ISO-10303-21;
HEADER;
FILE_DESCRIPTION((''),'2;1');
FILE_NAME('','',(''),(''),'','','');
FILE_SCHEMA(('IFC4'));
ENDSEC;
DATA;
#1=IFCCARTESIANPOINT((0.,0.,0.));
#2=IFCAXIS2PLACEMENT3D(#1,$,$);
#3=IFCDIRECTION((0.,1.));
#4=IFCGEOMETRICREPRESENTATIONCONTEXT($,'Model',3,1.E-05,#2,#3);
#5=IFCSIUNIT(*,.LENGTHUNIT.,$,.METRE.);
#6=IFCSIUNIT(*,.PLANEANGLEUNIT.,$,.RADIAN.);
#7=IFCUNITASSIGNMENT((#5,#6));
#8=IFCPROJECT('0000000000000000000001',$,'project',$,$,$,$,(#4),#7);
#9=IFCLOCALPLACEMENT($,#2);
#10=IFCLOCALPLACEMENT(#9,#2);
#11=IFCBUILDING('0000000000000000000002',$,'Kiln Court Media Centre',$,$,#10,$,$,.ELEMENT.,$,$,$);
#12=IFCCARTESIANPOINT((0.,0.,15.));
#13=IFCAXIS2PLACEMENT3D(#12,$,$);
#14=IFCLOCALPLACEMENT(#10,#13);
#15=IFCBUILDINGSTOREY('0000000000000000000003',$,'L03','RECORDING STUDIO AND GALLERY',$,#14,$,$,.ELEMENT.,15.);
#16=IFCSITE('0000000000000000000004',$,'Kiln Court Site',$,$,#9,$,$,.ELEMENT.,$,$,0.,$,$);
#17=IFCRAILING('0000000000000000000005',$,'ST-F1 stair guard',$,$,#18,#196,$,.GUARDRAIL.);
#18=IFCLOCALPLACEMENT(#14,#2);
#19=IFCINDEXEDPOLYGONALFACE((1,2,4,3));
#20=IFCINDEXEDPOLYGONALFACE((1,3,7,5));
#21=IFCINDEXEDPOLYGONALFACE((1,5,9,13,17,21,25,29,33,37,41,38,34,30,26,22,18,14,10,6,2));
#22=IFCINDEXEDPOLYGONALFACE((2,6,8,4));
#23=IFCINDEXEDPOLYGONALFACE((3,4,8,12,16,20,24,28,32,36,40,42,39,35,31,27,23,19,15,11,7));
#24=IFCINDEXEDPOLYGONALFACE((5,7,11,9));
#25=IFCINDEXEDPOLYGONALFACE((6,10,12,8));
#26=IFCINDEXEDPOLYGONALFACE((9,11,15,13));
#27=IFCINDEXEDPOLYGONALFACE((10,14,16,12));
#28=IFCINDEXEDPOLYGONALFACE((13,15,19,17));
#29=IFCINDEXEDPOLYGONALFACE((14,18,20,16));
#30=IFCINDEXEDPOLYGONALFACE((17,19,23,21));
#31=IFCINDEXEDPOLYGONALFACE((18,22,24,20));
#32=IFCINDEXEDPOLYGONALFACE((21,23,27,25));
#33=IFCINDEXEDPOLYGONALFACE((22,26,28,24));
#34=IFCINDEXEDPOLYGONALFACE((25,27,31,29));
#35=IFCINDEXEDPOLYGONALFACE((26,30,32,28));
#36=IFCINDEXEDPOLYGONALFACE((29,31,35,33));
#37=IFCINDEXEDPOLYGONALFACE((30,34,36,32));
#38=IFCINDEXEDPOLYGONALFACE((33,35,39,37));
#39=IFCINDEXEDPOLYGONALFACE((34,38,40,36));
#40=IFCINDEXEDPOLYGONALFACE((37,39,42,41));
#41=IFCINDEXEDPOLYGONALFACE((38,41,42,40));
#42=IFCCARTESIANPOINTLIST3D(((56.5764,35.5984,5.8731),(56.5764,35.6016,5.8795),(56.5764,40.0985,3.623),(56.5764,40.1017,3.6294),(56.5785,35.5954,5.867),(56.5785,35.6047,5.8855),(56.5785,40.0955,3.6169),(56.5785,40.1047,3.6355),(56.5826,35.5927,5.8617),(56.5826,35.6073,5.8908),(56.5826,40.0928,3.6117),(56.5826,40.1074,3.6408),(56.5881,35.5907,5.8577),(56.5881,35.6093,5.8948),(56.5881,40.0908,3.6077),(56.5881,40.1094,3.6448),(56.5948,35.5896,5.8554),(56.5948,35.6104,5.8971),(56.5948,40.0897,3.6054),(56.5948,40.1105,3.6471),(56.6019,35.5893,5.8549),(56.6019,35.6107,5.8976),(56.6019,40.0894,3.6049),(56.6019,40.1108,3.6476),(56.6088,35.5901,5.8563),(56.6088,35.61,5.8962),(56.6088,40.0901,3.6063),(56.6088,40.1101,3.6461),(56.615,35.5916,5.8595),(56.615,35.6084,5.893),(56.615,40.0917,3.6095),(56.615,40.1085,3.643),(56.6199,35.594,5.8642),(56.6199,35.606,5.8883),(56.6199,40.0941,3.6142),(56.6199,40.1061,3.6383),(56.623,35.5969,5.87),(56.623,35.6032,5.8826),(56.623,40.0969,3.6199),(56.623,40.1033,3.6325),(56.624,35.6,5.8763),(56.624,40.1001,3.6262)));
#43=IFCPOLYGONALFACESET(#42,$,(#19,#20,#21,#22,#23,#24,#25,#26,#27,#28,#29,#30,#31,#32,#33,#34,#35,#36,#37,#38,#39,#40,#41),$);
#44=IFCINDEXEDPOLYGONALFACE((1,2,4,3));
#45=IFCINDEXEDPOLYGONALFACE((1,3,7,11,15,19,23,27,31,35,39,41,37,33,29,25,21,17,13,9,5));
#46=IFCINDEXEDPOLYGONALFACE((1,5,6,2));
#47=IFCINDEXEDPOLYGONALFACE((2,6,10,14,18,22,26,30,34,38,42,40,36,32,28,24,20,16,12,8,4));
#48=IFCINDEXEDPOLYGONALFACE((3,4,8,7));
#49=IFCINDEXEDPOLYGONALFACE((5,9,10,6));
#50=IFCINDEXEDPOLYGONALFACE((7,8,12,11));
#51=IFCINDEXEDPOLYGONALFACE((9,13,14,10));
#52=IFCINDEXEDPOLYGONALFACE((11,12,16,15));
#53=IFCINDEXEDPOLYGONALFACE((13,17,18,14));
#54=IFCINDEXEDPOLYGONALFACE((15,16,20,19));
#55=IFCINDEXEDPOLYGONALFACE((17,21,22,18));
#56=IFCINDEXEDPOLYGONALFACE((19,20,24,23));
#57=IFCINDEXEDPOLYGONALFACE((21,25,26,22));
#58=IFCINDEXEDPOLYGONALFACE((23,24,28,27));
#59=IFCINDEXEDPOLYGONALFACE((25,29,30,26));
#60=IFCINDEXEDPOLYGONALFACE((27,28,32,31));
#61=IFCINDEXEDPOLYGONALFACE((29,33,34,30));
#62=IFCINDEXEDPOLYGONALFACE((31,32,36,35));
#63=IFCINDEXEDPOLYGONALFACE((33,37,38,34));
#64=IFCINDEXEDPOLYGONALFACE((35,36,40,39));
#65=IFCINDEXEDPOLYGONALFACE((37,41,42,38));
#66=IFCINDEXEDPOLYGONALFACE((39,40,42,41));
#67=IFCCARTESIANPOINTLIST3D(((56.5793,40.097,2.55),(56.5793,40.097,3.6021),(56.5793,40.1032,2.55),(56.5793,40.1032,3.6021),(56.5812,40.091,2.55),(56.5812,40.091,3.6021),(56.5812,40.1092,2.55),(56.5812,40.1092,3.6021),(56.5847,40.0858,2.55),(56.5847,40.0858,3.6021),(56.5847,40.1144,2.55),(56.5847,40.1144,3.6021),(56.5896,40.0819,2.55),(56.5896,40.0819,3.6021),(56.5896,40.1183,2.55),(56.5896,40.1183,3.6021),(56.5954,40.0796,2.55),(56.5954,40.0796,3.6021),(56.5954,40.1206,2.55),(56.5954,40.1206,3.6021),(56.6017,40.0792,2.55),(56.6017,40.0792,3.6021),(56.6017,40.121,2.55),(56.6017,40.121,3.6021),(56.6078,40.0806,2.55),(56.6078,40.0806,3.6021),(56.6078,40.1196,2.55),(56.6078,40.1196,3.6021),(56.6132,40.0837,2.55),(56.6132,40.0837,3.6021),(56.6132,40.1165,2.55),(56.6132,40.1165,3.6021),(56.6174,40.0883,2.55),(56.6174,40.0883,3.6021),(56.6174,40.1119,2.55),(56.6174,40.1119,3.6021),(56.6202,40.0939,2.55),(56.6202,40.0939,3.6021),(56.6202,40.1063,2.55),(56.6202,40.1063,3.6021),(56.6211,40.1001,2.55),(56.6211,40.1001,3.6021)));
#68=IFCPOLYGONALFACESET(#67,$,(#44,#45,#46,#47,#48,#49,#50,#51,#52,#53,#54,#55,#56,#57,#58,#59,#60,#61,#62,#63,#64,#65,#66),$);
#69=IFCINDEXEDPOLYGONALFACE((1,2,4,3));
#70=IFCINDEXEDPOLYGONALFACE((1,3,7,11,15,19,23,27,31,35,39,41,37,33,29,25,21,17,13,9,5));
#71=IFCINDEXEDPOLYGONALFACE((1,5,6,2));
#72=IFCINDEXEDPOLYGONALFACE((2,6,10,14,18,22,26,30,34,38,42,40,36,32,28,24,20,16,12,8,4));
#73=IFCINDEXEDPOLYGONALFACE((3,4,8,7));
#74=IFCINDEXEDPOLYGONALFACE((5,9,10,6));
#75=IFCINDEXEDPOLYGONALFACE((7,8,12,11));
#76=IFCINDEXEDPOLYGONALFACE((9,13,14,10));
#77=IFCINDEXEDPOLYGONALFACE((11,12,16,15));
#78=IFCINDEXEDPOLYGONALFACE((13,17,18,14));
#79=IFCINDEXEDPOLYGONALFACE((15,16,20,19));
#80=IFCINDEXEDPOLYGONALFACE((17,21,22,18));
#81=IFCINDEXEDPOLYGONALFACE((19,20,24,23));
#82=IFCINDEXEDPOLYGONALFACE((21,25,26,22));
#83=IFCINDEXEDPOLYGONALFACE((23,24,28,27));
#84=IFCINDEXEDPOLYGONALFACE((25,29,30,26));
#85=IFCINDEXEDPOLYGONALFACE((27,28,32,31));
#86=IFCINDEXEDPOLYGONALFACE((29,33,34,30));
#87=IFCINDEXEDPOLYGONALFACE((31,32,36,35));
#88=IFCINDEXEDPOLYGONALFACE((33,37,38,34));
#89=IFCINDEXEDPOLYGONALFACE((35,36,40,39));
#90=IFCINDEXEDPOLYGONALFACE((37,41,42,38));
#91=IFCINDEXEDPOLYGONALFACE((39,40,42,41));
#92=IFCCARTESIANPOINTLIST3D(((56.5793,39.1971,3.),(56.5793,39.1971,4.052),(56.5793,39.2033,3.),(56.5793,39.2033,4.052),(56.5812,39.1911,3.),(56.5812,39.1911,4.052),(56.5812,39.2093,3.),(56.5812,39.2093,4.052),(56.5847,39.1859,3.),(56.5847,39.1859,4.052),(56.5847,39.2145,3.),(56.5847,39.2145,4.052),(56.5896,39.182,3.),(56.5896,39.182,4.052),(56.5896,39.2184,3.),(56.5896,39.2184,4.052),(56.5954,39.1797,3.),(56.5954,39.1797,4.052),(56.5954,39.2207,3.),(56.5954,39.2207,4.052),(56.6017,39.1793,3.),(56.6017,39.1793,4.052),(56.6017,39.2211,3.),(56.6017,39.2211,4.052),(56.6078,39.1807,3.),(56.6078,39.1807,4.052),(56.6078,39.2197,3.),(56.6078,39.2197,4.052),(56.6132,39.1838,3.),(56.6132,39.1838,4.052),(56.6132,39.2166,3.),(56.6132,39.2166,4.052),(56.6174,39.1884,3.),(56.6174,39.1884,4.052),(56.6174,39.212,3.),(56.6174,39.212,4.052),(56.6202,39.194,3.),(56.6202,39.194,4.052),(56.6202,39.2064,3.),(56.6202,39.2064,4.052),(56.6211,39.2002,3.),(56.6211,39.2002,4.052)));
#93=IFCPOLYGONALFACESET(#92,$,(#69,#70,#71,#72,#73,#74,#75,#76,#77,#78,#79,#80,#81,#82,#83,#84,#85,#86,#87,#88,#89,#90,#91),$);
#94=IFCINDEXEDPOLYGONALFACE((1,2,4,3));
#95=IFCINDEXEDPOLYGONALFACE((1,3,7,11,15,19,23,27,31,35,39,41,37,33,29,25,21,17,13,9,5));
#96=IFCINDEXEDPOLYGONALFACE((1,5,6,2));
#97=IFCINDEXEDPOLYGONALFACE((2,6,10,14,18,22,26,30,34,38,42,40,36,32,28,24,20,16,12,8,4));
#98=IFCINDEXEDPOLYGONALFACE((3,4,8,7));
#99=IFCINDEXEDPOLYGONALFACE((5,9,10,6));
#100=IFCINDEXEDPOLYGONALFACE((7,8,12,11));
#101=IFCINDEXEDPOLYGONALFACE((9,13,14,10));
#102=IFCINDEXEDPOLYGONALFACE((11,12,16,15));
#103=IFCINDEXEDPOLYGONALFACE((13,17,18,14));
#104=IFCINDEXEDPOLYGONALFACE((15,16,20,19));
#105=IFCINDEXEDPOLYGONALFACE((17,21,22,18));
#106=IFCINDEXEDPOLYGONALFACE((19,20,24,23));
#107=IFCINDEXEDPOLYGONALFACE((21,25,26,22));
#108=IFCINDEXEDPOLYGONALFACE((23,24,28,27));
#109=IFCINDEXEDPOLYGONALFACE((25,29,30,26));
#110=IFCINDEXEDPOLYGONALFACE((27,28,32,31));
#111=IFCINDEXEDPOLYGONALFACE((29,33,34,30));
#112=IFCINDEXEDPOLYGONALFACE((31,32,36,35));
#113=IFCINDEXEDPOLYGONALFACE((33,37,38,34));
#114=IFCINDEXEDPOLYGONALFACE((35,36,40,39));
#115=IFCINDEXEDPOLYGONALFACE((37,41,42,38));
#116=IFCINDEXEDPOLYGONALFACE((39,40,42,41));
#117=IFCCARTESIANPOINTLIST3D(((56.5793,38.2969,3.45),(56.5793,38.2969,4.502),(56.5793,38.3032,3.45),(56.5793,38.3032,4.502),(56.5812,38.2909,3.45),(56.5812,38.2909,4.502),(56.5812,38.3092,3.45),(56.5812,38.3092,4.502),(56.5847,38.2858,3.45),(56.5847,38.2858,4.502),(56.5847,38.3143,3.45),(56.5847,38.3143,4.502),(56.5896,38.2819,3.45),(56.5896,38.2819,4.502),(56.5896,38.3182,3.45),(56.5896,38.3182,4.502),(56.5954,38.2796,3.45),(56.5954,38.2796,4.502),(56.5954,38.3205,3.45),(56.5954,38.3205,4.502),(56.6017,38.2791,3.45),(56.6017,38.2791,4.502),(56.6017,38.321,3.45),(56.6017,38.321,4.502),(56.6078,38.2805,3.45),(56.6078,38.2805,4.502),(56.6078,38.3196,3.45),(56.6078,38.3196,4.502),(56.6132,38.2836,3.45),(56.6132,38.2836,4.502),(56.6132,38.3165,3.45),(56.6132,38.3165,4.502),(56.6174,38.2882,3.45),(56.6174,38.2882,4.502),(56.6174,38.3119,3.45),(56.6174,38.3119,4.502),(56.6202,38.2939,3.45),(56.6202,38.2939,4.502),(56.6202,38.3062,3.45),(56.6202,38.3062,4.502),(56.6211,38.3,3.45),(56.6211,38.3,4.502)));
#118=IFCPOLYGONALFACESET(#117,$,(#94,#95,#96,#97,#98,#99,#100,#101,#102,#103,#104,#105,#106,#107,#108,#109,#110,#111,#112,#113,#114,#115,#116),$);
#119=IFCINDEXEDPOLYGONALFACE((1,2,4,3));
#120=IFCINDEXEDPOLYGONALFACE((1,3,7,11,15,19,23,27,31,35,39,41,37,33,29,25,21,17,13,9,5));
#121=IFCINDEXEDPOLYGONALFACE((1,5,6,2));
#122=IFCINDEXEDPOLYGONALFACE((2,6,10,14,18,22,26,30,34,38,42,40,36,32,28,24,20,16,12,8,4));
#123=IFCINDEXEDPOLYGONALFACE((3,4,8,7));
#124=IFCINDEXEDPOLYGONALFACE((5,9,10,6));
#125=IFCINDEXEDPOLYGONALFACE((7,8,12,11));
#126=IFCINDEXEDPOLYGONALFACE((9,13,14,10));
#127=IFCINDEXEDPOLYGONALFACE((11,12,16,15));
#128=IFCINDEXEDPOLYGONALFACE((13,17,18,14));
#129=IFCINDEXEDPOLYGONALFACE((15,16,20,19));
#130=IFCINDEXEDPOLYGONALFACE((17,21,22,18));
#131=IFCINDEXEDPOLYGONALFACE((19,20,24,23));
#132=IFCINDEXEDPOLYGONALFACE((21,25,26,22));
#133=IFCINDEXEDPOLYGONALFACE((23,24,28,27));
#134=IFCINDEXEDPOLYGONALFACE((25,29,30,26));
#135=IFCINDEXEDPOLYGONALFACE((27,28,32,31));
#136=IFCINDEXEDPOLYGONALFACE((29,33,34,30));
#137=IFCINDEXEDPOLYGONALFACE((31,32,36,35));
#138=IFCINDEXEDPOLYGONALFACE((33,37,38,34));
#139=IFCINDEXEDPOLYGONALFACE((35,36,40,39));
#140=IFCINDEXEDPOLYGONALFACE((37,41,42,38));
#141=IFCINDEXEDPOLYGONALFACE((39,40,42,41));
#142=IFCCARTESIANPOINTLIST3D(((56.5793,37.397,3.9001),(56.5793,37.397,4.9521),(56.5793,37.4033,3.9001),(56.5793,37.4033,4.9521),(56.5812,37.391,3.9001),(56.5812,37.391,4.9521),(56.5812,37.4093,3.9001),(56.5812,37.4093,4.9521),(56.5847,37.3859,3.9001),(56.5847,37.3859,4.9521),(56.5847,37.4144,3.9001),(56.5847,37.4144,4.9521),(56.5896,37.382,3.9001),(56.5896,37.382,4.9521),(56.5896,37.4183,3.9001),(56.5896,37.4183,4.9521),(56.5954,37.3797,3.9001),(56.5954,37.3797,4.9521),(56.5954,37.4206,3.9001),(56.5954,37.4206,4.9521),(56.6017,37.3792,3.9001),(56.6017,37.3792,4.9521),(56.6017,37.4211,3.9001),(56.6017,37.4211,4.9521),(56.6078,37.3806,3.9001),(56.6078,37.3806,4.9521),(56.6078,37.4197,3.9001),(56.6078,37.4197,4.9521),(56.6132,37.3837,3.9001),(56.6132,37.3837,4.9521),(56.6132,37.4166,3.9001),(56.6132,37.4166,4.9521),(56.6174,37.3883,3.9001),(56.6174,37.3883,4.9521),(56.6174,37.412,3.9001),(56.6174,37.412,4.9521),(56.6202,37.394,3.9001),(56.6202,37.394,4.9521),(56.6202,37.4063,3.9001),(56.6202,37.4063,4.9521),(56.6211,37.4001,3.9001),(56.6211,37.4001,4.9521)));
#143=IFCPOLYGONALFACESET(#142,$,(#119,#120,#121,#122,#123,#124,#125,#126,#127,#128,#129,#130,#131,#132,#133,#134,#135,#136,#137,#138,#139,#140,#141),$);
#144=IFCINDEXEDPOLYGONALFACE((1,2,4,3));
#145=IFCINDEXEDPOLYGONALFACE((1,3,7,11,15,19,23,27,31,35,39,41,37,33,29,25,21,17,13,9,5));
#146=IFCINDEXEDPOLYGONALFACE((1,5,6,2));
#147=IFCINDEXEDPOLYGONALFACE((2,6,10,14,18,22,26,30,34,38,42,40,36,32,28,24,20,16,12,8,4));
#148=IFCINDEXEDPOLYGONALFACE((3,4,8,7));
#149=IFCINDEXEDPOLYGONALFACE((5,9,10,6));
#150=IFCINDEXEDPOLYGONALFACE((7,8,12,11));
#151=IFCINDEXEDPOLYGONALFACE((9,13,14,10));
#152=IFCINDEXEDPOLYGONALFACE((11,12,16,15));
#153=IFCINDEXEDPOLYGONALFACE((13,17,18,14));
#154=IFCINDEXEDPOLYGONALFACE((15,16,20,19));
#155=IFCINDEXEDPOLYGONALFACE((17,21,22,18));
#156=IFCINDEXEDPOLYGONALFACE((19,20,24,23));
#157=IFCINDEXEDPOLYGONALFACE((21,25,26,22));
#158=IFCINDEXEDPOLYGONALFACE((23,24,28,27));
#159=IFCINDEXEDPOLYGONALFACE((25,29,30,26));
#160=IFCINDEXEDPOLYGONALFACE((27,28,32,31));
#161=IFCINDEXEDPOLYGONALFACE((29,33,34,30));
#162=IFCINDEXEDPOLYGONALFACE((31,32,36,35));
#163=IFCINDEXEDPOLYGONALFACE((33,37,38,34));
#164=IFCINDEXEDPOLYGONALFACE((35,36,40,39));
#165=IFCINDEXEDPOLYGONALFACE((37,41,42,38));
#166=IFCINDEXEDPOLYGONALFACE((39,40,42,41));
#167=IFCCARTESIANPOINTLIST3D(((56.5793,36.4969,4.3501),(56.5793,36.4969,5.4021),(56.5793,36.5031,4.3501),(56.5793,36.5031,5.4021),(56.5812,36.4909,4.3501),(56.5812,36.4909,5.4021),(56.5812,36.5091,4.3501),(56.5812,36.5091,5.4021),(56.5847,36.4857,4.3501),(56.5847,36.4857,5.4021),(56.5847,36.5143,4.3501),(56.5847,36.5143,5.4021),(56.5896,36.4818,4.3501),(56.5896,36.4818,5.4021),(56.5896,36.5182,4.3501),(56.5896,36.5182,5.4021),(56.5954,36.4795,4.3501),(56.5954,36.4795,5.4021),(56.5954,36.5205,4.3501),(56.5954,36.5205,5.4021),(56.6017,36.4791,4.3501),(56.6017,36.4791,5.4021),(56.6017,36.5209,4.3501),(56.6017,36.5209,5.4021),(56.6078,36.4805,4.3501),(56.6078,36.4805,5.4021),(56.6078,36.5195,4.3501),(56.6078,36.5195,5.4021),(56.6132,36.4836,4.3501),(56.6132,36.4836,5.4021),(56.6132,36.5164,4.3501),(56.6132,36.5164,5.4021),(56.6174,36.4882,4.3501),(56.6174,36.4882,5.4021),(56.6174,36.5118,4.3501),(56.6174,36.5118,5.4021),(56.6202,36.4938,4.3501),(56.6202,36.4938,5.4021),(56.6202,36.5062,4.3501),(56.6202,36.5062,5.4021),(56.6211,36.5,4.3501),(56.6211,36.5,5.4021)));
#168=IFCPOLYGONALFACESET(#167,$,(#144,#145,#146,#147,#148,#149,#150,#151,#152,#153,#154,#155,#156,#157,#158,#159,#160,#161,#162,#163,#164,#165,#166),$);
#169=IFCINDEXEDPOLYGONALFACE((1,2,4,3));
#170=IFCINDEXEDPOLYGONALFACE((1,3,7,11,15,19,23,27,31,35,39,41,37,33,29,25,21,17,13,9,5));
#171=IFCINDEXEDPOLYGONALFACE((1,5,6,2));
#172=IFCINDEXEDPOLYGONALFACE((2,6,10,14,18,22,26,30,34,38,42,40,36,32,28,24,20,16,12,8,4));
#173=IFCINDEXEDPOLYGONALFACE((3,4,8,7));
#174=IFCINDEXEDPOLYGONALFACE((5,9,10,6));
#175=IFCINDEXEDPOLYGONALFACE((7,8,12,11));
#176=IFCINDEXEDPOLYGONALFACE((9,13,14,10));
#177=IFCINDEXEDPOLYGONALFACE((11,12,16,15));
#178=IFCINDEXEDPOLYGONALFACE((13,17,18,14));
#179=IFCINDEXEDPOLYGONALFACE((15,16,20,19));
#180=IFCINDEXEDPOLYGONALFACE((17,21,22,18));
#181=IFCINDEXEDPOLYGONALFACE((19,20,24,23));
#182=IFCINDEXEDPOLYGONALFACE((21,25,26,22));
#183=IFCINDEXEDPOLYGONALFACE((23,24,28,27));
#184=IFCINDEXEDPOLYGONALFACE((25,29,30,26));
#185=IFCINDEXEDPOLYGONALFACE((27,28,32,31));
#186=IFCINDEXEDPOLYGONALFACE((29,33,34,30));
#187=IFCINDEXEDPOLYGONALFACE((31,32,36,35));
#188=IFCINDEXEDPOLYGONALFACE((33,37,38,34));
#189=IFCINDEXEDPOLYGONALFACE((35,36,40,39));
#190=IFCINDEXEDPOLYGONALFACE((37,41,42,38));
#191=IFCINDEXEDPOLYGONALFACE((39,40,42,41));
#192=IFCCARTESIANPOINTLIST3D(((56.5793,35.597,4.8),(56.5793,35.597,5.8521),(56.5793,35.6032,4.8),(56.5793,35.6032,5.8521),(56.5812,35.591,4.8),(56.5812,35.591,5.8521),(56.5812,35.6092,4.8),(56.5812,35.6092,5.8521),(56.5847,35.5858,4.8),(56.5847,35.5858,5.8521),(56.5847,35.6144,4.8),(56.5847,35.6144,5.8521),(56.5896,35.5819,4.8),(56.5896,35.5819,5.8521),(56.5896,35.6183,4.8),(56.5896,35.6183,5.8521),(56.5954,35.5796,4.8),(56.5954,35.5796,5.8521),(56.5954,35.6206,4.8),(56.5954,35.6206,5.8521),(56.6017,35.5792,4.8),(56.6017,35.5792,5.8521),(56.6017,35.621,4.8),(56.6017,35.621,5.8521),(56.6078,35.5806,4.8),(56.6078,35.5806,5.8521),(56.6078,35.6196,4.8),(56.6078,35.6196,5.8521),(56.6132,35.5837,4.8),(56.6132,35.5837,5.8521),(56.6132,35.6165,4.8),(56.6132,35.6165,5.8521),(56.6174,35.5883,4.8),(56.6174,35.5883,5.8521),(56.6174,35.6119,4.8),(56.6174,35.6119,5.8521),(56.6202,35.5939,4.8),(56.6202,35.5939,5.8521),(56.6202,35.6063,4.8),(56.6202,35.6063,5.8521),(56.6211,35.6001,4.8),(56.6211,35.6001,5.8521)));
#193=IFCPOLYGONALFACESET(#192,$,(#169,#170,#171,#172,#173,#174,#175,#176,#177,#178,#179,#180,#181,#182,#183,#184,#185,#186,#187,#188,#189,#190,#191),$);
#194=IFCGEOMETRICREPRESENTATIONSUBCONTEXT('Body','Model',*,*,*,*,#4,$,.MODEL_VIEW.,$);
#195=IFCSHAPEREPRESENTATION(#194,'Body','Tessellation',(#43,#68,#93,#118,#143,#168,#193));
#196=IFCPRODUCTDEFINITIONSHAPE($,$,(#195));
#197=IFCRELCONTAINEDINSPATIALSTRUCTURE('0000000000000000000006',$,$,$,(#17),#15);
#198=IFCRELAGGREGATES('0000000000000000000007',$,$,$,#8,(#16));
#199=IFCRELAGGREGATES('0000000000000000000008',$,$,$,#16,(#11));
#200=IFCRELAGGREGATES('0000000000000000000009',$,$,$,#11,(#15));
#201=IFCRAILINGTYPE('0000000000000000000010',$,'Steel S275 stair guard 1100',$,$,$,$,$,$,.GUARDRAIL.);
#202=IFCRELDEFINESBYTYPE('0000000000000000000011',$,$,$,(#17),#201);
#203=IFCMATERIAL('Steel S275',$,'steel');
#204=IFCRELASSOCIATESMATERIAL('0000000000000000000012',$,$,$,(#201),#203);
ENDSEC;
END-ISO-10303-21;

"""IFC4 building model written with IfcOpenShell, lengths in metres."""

from ifc_helpers import new_model, si_unit, direction, frame, origin, origin_2d, place, context, subcontext, project, spatial, circle, extrude, material, type_object, element, save


model = new_model("IFC4")

# Units and contexts
model_context = context("Model", 3, precision=1e-05, world=origin(), true_north=direction((0.0, 1.0)))
body_context = subcontext(model_context, "Body", "Model", "MODEL_VIEW")
ifc_project = project(units=[si_unit("LENGTHUNIT", "METRE"), si_unit("PLANEANGLEUNIT", "RADIAN")], contexts=[model_context])

# Site, building, storey
site_placement = place(None, origin())
site = spatial("IfcSite", under=ifc_project, at=site_placement, Name="Kiln Court Site", CompositionType="ELEMENT", RefElevation=0.0)
building_placement = place(site_placement, origin())
building = spatial("IfcBuilding", under=site, at=building_placement, Name="Kiln Court Media Centre", CompositionType="ELEMENT")
storey_placement = place(building_placement, frame((0.0, 0.0, 15.0)))
storey = spatial("IfcBuildingStorey", under=building, at=storey_placement, Name="L03", Description="RECORDING STUDIO AND GALLERY", CompositionType="ELEMENT", Elevation=15.0)

# Railing
ifc_material_1 = material(Name="Steel S275", Category="steel")
railing_type_1 = type_object("IfcRailingType", Name="Steel S275 stair guard 1100", PredefinedType="GUARDRAIL", material=ifc_material_1)
railing_1_placement = place(storey_placement, frame((56.6001, 40.1001, 2.55)))
element("IfcRailing", 1, at=railing_1_placement, inside=storey, type_object=railing_type_1, Name="ST-F1 stair guard", PredefinedType="GUARDRAIL", context=body_context, shape_type="SweptSolid", body=[
    extrude(circle(Radius=0.0239, at=origin_2d()), frame((0.0, 0.0, 1.0762), z_axis=(0.0, -0.894427, 0.447214), x_axis=(1.0, 0.0, 0.0)), (0.0, 0.0, 1.0), 5.0312),
    extrude(circle(Radius=0.021, at=origin_2d()), origin(), (0.0, 0.0, 1.0), 1.052),
    extrude(circle(Radius=0.021, at=origin_2d()), frame((0.0, -0.8999, 0.45)), (0.0, 0.0, 1.0), 1.052),
    extrude(circle(Radius=0.021, at=origin_2d()), frame((0.0, -1.8, 0.8999)), (0.0, 0.0, 1.0), 1.052),
    extrude(circle(Radius=0.021, at=origin_2d()), frame((0.0, -2.7, 1.3501)), (0.0, 0.0, 1.0), 1.052),
    extrude(circle(Radius=0.021, at=origin_2d()), frame((0.0, -3.6001, 1.8)), (0.0, 0.0, 1.0), 1.052),
    extrude(circle(Radius=0.021, at=origin_2d()), frame((0.0, -4.5, 2.25)), (0.0, 0.0, 1.0), 1.052),
])

save(model, "model.ifc")
